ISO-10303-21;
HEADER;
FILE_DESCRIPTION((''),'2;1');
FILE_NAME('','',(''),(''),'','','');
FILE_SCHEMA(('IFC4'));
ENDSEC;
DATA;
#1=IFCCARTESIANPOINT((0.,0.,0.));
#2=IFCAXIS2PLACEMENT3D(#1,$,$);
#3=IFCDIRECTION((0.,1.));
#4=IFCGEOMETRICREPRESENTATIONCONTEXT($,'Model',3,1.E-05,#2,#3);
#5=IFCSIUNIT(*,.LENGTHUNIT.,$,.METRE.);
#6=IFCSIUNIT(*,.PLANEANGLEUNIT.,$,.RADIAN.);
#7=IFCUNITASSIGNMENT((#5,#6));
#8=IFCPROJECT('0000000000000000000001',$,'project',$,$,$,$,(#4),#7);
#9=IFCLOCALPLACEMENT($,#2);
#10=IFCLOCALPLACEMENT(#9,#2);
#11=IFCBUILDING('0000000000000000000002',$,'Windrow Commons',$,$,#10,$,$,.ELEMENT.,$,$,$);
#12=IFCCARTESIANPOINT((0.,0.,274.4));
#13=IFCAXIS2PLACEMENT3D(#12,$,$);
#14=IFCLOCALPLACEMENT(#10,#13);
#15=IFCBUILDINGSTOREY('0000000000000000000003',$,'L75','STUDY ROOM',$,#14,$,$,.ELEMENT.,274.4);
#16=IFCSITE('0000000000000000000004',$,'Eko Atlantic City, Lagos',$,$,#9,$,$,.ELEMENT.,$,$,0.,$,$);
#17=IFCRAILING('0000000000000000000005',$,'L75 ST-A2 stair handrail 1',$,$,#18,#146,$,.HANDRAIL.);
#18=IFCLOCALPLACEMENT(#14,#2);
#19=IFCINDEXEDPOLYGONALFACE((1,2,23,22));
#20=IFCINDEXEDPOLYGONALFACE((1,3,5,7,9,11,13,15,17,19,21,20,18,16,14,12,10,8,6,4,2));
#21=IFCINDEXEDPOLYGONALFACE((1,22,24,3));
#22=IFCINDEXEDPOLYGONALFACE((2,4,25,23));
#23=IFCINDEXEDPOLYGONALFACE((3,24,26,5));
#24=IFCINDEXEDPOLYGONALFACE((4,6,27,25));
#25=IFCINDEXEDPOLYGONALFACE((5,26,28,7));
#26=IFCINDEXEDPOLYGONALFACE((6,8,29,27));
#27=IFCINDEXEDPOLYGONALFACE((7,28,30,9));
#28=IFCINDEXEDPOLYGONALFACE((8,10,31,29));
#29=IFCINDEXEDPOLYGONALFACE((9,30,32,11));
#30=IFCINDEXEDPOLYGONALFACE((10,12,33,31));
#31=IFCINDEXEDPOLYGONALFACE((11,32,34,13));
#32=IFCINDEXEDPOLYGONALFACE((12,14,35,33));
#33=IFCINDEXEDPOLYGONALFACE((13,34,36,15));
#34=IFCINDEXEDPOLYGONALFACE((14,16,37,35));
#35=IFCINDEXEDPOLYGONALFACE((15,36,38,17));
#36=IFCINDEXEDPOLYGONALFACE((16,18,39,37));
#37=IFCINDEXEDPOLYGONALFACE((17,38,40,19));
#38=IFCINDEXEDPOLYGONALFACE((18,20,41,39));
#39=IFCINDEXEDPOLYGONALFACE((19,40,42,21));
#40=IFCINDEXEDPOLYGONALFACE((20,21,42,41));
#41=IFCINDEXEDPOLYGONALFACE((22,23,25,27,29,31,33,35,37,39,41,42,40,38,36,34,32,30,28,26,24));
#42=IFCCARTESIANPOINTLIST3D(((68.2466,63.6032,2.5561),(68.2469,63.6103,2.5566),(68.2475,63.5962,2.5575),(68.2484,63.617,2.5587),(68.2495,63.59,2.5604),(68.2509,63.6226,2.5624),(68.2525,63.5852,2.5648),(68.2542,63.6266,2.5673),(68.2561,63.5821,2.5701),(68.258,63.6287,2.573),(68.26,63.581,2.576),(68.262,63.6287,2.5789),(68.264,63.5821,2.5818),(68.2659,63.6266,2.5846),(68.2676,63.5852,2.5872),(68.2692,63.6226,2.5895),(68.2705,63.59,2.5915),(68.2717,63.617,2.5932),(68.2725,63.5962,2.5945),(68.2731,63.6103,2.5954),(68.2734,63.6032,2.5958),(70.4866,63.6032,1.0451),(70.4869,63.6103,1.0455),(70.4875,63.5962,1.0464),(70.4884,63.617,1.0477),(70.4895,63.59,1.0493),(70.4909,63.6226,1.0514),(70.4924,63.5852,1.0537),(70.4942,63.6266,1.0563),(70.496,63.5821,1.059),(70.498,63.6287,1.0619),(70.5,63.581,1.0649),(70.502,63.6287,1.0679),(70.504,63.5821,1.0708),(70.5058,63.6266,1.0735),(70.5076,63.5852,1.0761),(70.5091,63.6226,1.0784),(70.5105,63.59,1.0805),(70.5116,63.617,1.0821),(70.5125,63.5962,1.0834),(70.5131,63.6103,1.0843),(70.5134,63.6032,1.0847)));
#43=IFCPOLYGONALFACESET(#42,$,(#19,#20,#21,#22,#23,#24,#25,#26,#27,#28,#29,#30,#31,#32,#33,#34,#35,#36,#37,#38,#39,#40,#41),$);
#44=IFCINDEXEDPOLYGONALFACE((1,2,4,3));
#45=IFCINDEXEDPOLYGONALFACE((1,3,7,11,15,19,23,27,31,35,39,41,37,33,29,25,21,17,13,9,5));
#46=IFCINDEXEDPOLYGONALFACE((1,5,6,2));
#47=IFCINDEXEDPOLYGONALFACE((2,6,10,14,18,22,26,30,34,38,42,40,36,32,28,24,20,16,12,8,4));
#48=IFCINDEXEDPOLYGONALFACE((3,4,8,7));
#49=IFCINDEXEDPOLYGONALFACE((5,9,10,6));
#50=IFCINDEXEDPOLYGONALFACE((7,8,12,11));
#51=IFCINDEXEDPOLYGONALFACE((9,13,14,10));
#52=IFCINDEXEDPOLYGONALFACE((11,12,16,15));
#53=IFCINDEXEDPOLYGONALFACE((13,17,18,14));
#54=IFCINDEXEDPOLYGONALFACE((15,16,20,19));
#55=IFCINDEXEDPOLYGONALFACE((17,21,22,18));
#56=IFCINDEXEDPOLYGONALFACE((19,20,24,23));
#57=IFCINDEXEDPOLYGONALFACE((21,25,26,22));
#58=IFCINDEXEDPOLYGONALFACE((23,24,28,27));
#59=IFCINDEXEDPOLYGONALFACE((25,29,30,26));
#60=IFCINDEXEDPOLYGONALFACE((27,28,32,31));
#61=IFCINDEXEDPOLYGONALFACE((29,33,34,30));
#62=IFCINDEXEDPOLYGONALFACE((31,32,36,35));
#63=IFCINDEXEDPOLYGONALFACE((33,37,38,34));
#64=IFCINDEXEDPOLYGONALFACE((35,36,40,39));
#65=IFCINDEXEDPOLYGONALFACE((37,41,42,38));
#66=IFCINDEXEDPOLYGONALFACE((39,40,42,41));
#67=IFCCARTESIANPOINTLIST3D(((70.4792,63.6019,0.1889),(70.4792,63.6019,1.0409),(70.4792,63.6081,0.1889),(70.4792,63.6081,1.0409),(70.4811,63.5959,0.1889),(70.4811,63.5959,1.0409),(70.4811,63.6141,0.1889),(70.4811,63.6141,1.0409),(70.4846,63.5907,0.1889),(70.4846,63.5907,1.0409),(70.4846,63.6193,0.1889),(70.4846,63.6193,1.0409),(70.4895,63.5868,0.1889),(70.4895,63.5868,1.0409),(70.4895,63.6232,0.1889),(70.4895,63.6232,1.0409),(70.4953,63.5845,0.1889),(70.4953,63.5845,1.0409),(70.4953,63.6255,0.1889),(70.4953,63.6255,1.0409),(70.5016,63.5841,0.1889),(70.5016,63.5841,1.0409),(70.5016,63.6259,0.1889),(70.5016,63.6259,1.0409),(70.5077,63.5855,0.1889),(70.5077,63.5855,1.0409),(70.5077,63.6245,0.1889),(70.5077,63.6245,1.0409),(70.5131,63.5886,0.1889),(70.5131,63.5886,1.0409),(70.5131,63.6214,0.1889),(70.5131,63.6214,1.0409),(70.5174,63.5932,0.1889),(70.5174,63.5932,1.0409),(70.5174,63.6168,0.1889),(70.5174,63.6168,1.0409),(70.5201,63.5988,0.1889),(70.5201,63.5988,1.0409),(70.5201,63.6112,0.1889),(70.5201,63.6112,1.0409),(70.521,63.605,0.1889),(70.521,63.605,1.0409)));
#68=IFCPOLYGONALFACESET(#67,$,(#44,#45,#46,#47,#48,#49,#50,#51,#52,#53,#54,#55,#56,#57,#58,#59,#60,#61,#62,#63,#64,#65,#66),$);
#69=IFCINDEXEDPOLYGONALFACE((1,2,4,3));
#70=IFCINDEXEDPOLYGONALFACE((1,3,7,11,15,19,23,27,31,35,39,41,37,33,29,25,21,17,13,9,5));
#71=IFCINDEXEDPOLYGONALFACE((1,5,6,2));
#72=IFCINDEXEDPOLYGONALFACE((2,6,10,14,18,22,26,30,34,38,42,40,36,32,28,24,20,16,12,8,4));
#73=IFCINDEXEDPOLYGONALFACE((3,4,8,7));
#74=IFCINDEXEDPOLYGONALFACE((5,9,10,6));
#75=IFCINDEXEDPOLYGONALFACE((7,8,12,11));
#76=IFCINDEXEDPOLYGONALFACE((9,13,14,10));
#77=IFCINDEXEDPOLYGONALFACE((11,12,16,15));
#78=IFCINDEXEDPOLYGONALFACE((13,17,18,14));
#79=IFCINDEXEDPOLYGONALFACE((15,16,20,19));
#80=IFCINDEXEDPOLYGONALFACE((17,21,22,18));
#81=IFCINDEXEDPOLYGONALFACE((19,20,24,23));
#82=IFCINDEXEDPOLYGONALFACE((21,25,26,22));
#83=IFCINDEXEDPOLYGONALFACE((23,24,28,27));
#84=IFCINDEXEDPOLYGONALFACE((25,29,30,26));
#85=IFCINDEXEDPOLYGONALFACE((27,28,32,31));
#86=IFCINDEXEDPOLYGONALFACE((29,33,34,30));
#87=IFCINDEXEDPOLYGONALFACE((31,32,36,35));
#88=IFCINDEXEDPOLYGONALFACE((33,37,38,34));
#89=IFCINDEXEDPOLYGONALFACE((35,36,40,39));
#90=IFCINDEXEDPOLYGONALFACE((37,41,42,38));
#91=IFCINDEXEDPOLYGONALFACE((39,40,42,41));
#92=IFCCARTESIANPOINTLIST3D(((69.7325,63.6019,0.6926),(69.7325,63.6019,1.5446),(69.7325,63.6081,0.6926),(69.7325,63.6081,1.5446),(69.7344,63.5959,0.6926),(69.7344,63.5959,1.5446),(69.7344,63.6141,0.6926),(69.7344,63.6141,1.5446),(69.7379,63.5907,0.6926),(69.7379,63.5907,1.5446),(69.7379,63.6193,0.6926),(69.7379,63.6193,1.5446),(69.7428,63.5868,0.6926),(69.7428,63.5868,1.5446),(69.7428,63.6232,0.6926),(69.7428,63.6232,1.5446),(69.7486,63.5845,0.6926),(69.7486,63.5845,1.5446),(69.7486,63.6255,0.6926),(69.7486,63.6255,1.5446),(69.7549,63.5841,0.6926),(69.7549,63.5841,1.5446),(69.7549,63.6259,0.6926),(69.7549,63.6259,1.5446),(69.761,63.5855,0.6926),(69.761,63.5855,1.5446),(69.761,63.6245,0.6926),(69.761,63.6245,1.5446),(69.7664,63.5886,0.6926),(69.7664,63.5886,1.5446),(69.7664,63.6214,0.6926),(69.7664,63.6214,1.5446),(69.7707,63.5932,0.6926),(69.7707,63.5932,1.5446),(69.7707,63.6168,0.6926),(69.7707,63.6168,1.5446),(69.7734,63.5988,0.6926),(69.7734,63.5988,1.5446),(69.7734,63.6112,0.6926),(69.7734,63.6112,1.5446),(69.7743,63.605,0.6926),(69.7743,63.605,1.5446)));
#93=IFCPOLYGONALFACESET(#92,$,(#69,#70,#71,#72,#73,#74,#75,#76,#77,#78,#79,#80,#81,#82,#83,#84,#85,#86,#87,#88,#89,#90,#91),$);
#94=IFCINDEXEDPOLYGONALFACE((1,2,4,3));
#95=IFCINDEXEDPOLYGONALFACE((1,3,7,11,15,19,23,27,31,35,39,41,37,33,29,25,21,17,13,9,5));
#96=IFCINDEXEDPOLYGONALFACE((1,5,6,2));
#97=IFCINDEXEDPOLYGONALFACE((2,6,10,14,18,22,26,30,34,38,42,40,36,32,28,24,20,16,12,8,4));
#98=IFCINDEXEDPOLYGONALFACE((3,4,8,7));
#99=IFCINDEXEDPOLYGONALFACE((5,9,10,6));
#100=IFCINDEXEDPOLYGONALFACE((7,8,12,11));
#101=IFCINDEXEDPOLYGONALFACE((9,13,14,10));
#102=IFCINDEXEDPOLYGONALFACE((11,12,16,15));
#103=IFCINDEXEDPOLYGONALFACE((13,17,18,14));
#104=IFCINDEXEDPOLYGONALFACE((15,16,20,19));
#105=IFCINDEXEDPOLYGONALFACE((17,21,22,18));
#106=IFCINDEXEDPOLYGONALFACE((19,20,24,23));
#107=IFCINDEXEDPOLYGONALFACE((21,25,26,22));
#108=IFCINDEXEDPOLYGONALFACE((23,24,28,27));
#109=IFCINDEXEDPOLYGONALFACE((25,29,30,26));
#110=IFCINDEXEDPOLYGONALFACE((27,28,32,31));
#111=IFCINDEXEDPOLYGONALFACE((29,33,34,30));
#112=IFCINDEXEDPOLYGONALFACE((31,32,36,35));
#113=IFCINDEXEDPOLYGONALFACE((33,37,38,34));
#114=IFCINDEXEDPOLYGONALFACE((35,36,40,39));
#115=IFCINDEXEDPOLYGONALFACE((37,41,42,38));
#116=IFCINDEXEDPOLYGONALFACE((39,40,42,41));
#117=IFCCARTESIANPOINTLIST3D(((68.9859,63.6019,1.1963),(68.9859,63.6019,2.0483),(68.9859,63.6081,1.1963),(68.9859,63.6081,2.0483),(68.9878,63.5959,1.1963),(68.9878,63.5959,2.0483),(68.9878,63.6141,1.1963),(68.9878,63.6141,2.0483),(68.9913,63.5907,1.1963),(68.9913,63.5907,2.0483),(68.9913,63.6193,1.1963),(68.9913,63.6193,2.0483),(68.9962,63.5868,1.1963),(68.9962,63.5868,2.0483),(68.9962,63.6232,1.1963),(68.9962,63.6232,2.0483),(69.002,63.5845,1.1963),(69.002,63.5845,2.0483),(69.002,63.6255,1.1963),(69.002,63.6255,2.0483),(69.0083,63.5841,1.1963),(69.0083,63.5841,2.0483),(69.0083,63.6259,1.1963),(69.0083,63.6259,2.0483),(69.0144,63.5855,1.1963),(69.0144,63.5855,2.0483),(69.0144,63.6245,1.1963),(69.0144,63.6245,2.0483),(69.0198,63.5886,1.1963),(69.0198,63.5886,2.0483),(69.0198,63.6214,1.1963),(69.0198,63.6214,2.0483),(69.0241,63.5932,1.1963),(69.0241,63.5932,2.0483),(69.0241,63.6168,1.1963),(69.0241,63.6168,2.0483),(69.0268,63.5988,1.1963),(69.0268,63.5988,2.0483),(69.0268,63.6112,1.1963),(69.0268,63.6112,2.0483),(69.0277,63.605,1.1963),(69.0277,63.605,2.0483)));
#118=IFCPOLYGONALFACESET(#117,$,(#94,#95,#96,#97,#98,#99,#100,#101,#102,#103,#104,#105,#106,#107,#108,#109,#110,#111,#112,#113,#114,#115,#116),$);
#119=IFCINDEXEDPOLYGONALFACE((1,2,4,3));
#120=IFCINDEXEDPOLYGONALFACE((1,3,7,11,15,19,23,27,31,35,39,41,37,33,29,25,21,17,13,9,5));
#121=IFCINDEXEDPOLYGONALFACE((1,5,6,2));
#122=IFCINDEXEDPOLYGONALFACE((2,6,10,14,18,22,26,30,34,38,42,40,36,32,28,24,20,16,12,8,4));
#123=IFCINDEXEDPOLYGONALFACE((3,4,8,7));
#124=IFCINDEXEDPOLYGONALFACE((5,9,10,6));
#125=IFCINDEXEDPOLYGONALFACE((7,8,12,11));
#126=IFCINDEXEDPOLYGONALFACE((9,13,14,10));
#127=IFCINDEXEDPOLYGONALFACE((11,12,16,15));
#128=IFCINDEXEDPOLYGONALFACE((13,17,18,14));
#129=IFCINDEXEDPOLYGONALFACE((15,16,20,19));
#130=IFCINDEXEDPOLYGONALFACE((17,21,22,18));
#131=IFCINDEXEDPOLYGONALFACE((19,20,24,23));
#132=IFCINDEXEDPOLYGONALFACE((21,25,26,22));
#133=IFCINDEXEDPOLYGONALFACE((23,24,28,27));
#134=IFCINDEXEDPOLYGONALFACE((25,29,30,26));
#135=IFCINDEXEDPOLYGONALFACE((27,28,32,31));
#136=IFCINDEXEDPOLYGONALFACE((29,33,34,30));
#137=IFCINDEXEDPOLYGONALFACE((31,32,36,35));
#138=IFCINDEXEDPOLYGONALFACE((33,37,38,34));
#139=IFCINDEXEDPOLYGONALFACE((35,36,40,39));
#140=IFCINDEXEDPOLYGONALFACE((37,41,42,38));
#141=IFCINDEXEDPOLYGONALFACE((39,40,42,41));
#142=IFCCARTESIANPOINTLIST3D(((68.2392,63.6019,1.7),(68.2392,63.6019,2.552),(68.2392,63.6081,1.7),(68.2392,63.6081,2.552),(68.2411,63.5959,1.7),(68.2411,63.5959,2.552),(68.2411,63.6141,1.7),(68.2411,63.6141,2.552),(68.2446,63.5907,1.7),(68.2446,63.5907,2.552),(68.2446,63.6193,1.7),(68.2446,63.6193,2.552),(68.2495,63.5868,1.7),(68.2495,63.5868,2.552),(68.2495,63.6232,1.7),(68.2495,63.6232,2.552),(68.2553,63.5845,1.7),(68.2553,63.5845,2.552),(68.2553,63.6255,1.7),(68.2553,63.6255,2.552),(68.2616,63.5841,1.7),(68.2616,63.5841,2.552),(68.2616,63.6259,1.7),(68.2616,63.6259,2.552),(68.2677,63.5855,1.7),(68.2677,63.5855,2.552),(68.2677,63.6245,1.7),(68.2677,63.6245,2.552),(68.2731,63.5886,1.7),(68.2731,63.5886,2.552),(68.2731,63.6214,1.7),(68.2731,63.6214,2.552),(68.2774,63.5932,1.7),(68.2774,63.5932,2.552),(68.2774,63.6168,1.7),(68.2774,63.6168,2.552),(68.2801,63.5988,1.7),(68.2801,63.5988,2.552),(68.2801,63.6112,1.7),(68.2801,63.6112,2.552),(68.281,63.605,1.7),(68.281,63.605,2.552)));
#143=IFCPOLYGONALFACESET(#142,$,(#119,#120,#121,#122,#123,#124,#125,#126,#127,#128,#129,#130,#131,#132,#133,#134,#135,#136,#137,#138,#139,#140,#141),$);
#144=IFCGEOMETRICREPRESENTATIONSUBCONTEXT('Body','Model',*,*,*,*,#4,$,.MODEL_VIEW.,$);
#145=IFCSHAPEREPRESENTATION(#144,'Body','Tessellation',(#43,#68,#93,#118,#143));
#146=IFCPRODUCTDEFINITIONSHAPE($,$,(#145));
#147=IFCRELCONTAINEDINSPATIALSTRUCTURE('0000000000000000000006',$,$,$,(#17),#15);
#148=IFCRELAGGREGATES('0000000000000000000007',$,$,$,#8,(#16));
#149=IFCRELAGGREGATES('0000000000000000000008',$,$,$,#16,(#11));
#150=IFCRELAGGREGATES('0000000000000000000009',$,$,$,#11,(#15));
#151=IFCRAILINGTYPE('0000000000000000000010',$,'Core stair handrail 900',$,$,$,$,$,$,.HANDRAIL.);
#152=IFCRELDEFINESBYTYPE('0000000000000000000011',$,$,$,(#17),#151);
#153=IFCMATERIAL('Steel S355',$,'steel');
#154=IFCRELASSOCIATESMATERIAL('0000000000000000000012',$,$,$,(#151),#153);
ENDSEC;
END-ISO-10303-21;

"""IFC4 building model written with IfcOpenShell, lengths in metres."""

from ifc_helpers import new_model, si_unit, direction, frame, origin, origin_2d, place, context, subcontext, project, spatial, circle, extrude, material, type_object, element, save


model = new_model("IFC4")

# Units and contexts
model_context = context("Model", 3, precision=1e-05, world=origin(), true_north=direction((0.0, 1.0)))
body_context = subcontext(model_context, "Body", "Model", "MODEL_VIEW")
ifc_project = project(units=[si_unit("LENGTHUNIT", "METRE"), si_unit("PLANEANGLEUNIT", "RADIAN")], contexts=[model_context])

# Site, building, storey
site_placement = place(None, origin())
site = spatial("IfcSite", under=ifc_project, at=site_placement, Name="Eko Atlantic City, Lagos", CompositionType="ELEMENT", RefElevation=0.0)
building_placement = place(site_placement, origin())
building = spatial("IfcBuilding", under=site, at=building_placement, Name="Windrow Commons", CompositionType="ELEMENT")
storey_placement = place(building_placement, frame((0.0, 0.0, 274.4)))
storey = spatial("IfcBuildingStorey", under=building, at=storey_placement, Name="L75", Description="STUDY ROOM", CompositionType="ELEMENT", Elevation=274.4)

# Railing
ifc_material_1 = material(Name="Steel S355", Category="steel")
railing_type_1 = type_object("IfcRailingType", Name="Core stair handrail 900", PredefinedType="HANDRAIL", material=ifc_material_1)
railing_1_placement = place(storey_placement, frame((70.5, 63.605, 0.1889)))
element("IfcRailing", 1, at=railing_1_placement, inside=storey, type_object=railing_type_1, Name="L75 ST-A2 stair handrail 1", PredefinedType="HANDRAIL", context=body_context, shape_type="SweptSolid", body=[
    extrude(circle(Radius=0.024, at=origin_2d()), frame((0.0, 0.0, 0.876), z_axis=(-0.829003, 0.0, 0.559244), x_axis=(0.0, -1.0, 0.0)), (0.0, 0.0, 1.0), 2.702),
    extrude(circle(Radius=0.021, at=origin_2d()), origin(), (0.0, 0.0, 1.0), 0.852),
    extrude(circle(Radius=0.021, at=origin_2d()), frame((-0.7467, 0.0, 0.5037)), (0.0, 0.0, 1.0), 0.852),
    extrude(circle(Radius=0.021, at=origin_2d()), frame((-1.4933, 0.0, 1.0074)), (0.0, 0.0, 1.0), 0.852),
    extrude(circle(Radius=0.021, at=origin_2d()), frame((-2.24, 0.0, 1.5111)), (0.0, 0.0, 1.0), 0.852),
])

save(model, "model.ifc")
